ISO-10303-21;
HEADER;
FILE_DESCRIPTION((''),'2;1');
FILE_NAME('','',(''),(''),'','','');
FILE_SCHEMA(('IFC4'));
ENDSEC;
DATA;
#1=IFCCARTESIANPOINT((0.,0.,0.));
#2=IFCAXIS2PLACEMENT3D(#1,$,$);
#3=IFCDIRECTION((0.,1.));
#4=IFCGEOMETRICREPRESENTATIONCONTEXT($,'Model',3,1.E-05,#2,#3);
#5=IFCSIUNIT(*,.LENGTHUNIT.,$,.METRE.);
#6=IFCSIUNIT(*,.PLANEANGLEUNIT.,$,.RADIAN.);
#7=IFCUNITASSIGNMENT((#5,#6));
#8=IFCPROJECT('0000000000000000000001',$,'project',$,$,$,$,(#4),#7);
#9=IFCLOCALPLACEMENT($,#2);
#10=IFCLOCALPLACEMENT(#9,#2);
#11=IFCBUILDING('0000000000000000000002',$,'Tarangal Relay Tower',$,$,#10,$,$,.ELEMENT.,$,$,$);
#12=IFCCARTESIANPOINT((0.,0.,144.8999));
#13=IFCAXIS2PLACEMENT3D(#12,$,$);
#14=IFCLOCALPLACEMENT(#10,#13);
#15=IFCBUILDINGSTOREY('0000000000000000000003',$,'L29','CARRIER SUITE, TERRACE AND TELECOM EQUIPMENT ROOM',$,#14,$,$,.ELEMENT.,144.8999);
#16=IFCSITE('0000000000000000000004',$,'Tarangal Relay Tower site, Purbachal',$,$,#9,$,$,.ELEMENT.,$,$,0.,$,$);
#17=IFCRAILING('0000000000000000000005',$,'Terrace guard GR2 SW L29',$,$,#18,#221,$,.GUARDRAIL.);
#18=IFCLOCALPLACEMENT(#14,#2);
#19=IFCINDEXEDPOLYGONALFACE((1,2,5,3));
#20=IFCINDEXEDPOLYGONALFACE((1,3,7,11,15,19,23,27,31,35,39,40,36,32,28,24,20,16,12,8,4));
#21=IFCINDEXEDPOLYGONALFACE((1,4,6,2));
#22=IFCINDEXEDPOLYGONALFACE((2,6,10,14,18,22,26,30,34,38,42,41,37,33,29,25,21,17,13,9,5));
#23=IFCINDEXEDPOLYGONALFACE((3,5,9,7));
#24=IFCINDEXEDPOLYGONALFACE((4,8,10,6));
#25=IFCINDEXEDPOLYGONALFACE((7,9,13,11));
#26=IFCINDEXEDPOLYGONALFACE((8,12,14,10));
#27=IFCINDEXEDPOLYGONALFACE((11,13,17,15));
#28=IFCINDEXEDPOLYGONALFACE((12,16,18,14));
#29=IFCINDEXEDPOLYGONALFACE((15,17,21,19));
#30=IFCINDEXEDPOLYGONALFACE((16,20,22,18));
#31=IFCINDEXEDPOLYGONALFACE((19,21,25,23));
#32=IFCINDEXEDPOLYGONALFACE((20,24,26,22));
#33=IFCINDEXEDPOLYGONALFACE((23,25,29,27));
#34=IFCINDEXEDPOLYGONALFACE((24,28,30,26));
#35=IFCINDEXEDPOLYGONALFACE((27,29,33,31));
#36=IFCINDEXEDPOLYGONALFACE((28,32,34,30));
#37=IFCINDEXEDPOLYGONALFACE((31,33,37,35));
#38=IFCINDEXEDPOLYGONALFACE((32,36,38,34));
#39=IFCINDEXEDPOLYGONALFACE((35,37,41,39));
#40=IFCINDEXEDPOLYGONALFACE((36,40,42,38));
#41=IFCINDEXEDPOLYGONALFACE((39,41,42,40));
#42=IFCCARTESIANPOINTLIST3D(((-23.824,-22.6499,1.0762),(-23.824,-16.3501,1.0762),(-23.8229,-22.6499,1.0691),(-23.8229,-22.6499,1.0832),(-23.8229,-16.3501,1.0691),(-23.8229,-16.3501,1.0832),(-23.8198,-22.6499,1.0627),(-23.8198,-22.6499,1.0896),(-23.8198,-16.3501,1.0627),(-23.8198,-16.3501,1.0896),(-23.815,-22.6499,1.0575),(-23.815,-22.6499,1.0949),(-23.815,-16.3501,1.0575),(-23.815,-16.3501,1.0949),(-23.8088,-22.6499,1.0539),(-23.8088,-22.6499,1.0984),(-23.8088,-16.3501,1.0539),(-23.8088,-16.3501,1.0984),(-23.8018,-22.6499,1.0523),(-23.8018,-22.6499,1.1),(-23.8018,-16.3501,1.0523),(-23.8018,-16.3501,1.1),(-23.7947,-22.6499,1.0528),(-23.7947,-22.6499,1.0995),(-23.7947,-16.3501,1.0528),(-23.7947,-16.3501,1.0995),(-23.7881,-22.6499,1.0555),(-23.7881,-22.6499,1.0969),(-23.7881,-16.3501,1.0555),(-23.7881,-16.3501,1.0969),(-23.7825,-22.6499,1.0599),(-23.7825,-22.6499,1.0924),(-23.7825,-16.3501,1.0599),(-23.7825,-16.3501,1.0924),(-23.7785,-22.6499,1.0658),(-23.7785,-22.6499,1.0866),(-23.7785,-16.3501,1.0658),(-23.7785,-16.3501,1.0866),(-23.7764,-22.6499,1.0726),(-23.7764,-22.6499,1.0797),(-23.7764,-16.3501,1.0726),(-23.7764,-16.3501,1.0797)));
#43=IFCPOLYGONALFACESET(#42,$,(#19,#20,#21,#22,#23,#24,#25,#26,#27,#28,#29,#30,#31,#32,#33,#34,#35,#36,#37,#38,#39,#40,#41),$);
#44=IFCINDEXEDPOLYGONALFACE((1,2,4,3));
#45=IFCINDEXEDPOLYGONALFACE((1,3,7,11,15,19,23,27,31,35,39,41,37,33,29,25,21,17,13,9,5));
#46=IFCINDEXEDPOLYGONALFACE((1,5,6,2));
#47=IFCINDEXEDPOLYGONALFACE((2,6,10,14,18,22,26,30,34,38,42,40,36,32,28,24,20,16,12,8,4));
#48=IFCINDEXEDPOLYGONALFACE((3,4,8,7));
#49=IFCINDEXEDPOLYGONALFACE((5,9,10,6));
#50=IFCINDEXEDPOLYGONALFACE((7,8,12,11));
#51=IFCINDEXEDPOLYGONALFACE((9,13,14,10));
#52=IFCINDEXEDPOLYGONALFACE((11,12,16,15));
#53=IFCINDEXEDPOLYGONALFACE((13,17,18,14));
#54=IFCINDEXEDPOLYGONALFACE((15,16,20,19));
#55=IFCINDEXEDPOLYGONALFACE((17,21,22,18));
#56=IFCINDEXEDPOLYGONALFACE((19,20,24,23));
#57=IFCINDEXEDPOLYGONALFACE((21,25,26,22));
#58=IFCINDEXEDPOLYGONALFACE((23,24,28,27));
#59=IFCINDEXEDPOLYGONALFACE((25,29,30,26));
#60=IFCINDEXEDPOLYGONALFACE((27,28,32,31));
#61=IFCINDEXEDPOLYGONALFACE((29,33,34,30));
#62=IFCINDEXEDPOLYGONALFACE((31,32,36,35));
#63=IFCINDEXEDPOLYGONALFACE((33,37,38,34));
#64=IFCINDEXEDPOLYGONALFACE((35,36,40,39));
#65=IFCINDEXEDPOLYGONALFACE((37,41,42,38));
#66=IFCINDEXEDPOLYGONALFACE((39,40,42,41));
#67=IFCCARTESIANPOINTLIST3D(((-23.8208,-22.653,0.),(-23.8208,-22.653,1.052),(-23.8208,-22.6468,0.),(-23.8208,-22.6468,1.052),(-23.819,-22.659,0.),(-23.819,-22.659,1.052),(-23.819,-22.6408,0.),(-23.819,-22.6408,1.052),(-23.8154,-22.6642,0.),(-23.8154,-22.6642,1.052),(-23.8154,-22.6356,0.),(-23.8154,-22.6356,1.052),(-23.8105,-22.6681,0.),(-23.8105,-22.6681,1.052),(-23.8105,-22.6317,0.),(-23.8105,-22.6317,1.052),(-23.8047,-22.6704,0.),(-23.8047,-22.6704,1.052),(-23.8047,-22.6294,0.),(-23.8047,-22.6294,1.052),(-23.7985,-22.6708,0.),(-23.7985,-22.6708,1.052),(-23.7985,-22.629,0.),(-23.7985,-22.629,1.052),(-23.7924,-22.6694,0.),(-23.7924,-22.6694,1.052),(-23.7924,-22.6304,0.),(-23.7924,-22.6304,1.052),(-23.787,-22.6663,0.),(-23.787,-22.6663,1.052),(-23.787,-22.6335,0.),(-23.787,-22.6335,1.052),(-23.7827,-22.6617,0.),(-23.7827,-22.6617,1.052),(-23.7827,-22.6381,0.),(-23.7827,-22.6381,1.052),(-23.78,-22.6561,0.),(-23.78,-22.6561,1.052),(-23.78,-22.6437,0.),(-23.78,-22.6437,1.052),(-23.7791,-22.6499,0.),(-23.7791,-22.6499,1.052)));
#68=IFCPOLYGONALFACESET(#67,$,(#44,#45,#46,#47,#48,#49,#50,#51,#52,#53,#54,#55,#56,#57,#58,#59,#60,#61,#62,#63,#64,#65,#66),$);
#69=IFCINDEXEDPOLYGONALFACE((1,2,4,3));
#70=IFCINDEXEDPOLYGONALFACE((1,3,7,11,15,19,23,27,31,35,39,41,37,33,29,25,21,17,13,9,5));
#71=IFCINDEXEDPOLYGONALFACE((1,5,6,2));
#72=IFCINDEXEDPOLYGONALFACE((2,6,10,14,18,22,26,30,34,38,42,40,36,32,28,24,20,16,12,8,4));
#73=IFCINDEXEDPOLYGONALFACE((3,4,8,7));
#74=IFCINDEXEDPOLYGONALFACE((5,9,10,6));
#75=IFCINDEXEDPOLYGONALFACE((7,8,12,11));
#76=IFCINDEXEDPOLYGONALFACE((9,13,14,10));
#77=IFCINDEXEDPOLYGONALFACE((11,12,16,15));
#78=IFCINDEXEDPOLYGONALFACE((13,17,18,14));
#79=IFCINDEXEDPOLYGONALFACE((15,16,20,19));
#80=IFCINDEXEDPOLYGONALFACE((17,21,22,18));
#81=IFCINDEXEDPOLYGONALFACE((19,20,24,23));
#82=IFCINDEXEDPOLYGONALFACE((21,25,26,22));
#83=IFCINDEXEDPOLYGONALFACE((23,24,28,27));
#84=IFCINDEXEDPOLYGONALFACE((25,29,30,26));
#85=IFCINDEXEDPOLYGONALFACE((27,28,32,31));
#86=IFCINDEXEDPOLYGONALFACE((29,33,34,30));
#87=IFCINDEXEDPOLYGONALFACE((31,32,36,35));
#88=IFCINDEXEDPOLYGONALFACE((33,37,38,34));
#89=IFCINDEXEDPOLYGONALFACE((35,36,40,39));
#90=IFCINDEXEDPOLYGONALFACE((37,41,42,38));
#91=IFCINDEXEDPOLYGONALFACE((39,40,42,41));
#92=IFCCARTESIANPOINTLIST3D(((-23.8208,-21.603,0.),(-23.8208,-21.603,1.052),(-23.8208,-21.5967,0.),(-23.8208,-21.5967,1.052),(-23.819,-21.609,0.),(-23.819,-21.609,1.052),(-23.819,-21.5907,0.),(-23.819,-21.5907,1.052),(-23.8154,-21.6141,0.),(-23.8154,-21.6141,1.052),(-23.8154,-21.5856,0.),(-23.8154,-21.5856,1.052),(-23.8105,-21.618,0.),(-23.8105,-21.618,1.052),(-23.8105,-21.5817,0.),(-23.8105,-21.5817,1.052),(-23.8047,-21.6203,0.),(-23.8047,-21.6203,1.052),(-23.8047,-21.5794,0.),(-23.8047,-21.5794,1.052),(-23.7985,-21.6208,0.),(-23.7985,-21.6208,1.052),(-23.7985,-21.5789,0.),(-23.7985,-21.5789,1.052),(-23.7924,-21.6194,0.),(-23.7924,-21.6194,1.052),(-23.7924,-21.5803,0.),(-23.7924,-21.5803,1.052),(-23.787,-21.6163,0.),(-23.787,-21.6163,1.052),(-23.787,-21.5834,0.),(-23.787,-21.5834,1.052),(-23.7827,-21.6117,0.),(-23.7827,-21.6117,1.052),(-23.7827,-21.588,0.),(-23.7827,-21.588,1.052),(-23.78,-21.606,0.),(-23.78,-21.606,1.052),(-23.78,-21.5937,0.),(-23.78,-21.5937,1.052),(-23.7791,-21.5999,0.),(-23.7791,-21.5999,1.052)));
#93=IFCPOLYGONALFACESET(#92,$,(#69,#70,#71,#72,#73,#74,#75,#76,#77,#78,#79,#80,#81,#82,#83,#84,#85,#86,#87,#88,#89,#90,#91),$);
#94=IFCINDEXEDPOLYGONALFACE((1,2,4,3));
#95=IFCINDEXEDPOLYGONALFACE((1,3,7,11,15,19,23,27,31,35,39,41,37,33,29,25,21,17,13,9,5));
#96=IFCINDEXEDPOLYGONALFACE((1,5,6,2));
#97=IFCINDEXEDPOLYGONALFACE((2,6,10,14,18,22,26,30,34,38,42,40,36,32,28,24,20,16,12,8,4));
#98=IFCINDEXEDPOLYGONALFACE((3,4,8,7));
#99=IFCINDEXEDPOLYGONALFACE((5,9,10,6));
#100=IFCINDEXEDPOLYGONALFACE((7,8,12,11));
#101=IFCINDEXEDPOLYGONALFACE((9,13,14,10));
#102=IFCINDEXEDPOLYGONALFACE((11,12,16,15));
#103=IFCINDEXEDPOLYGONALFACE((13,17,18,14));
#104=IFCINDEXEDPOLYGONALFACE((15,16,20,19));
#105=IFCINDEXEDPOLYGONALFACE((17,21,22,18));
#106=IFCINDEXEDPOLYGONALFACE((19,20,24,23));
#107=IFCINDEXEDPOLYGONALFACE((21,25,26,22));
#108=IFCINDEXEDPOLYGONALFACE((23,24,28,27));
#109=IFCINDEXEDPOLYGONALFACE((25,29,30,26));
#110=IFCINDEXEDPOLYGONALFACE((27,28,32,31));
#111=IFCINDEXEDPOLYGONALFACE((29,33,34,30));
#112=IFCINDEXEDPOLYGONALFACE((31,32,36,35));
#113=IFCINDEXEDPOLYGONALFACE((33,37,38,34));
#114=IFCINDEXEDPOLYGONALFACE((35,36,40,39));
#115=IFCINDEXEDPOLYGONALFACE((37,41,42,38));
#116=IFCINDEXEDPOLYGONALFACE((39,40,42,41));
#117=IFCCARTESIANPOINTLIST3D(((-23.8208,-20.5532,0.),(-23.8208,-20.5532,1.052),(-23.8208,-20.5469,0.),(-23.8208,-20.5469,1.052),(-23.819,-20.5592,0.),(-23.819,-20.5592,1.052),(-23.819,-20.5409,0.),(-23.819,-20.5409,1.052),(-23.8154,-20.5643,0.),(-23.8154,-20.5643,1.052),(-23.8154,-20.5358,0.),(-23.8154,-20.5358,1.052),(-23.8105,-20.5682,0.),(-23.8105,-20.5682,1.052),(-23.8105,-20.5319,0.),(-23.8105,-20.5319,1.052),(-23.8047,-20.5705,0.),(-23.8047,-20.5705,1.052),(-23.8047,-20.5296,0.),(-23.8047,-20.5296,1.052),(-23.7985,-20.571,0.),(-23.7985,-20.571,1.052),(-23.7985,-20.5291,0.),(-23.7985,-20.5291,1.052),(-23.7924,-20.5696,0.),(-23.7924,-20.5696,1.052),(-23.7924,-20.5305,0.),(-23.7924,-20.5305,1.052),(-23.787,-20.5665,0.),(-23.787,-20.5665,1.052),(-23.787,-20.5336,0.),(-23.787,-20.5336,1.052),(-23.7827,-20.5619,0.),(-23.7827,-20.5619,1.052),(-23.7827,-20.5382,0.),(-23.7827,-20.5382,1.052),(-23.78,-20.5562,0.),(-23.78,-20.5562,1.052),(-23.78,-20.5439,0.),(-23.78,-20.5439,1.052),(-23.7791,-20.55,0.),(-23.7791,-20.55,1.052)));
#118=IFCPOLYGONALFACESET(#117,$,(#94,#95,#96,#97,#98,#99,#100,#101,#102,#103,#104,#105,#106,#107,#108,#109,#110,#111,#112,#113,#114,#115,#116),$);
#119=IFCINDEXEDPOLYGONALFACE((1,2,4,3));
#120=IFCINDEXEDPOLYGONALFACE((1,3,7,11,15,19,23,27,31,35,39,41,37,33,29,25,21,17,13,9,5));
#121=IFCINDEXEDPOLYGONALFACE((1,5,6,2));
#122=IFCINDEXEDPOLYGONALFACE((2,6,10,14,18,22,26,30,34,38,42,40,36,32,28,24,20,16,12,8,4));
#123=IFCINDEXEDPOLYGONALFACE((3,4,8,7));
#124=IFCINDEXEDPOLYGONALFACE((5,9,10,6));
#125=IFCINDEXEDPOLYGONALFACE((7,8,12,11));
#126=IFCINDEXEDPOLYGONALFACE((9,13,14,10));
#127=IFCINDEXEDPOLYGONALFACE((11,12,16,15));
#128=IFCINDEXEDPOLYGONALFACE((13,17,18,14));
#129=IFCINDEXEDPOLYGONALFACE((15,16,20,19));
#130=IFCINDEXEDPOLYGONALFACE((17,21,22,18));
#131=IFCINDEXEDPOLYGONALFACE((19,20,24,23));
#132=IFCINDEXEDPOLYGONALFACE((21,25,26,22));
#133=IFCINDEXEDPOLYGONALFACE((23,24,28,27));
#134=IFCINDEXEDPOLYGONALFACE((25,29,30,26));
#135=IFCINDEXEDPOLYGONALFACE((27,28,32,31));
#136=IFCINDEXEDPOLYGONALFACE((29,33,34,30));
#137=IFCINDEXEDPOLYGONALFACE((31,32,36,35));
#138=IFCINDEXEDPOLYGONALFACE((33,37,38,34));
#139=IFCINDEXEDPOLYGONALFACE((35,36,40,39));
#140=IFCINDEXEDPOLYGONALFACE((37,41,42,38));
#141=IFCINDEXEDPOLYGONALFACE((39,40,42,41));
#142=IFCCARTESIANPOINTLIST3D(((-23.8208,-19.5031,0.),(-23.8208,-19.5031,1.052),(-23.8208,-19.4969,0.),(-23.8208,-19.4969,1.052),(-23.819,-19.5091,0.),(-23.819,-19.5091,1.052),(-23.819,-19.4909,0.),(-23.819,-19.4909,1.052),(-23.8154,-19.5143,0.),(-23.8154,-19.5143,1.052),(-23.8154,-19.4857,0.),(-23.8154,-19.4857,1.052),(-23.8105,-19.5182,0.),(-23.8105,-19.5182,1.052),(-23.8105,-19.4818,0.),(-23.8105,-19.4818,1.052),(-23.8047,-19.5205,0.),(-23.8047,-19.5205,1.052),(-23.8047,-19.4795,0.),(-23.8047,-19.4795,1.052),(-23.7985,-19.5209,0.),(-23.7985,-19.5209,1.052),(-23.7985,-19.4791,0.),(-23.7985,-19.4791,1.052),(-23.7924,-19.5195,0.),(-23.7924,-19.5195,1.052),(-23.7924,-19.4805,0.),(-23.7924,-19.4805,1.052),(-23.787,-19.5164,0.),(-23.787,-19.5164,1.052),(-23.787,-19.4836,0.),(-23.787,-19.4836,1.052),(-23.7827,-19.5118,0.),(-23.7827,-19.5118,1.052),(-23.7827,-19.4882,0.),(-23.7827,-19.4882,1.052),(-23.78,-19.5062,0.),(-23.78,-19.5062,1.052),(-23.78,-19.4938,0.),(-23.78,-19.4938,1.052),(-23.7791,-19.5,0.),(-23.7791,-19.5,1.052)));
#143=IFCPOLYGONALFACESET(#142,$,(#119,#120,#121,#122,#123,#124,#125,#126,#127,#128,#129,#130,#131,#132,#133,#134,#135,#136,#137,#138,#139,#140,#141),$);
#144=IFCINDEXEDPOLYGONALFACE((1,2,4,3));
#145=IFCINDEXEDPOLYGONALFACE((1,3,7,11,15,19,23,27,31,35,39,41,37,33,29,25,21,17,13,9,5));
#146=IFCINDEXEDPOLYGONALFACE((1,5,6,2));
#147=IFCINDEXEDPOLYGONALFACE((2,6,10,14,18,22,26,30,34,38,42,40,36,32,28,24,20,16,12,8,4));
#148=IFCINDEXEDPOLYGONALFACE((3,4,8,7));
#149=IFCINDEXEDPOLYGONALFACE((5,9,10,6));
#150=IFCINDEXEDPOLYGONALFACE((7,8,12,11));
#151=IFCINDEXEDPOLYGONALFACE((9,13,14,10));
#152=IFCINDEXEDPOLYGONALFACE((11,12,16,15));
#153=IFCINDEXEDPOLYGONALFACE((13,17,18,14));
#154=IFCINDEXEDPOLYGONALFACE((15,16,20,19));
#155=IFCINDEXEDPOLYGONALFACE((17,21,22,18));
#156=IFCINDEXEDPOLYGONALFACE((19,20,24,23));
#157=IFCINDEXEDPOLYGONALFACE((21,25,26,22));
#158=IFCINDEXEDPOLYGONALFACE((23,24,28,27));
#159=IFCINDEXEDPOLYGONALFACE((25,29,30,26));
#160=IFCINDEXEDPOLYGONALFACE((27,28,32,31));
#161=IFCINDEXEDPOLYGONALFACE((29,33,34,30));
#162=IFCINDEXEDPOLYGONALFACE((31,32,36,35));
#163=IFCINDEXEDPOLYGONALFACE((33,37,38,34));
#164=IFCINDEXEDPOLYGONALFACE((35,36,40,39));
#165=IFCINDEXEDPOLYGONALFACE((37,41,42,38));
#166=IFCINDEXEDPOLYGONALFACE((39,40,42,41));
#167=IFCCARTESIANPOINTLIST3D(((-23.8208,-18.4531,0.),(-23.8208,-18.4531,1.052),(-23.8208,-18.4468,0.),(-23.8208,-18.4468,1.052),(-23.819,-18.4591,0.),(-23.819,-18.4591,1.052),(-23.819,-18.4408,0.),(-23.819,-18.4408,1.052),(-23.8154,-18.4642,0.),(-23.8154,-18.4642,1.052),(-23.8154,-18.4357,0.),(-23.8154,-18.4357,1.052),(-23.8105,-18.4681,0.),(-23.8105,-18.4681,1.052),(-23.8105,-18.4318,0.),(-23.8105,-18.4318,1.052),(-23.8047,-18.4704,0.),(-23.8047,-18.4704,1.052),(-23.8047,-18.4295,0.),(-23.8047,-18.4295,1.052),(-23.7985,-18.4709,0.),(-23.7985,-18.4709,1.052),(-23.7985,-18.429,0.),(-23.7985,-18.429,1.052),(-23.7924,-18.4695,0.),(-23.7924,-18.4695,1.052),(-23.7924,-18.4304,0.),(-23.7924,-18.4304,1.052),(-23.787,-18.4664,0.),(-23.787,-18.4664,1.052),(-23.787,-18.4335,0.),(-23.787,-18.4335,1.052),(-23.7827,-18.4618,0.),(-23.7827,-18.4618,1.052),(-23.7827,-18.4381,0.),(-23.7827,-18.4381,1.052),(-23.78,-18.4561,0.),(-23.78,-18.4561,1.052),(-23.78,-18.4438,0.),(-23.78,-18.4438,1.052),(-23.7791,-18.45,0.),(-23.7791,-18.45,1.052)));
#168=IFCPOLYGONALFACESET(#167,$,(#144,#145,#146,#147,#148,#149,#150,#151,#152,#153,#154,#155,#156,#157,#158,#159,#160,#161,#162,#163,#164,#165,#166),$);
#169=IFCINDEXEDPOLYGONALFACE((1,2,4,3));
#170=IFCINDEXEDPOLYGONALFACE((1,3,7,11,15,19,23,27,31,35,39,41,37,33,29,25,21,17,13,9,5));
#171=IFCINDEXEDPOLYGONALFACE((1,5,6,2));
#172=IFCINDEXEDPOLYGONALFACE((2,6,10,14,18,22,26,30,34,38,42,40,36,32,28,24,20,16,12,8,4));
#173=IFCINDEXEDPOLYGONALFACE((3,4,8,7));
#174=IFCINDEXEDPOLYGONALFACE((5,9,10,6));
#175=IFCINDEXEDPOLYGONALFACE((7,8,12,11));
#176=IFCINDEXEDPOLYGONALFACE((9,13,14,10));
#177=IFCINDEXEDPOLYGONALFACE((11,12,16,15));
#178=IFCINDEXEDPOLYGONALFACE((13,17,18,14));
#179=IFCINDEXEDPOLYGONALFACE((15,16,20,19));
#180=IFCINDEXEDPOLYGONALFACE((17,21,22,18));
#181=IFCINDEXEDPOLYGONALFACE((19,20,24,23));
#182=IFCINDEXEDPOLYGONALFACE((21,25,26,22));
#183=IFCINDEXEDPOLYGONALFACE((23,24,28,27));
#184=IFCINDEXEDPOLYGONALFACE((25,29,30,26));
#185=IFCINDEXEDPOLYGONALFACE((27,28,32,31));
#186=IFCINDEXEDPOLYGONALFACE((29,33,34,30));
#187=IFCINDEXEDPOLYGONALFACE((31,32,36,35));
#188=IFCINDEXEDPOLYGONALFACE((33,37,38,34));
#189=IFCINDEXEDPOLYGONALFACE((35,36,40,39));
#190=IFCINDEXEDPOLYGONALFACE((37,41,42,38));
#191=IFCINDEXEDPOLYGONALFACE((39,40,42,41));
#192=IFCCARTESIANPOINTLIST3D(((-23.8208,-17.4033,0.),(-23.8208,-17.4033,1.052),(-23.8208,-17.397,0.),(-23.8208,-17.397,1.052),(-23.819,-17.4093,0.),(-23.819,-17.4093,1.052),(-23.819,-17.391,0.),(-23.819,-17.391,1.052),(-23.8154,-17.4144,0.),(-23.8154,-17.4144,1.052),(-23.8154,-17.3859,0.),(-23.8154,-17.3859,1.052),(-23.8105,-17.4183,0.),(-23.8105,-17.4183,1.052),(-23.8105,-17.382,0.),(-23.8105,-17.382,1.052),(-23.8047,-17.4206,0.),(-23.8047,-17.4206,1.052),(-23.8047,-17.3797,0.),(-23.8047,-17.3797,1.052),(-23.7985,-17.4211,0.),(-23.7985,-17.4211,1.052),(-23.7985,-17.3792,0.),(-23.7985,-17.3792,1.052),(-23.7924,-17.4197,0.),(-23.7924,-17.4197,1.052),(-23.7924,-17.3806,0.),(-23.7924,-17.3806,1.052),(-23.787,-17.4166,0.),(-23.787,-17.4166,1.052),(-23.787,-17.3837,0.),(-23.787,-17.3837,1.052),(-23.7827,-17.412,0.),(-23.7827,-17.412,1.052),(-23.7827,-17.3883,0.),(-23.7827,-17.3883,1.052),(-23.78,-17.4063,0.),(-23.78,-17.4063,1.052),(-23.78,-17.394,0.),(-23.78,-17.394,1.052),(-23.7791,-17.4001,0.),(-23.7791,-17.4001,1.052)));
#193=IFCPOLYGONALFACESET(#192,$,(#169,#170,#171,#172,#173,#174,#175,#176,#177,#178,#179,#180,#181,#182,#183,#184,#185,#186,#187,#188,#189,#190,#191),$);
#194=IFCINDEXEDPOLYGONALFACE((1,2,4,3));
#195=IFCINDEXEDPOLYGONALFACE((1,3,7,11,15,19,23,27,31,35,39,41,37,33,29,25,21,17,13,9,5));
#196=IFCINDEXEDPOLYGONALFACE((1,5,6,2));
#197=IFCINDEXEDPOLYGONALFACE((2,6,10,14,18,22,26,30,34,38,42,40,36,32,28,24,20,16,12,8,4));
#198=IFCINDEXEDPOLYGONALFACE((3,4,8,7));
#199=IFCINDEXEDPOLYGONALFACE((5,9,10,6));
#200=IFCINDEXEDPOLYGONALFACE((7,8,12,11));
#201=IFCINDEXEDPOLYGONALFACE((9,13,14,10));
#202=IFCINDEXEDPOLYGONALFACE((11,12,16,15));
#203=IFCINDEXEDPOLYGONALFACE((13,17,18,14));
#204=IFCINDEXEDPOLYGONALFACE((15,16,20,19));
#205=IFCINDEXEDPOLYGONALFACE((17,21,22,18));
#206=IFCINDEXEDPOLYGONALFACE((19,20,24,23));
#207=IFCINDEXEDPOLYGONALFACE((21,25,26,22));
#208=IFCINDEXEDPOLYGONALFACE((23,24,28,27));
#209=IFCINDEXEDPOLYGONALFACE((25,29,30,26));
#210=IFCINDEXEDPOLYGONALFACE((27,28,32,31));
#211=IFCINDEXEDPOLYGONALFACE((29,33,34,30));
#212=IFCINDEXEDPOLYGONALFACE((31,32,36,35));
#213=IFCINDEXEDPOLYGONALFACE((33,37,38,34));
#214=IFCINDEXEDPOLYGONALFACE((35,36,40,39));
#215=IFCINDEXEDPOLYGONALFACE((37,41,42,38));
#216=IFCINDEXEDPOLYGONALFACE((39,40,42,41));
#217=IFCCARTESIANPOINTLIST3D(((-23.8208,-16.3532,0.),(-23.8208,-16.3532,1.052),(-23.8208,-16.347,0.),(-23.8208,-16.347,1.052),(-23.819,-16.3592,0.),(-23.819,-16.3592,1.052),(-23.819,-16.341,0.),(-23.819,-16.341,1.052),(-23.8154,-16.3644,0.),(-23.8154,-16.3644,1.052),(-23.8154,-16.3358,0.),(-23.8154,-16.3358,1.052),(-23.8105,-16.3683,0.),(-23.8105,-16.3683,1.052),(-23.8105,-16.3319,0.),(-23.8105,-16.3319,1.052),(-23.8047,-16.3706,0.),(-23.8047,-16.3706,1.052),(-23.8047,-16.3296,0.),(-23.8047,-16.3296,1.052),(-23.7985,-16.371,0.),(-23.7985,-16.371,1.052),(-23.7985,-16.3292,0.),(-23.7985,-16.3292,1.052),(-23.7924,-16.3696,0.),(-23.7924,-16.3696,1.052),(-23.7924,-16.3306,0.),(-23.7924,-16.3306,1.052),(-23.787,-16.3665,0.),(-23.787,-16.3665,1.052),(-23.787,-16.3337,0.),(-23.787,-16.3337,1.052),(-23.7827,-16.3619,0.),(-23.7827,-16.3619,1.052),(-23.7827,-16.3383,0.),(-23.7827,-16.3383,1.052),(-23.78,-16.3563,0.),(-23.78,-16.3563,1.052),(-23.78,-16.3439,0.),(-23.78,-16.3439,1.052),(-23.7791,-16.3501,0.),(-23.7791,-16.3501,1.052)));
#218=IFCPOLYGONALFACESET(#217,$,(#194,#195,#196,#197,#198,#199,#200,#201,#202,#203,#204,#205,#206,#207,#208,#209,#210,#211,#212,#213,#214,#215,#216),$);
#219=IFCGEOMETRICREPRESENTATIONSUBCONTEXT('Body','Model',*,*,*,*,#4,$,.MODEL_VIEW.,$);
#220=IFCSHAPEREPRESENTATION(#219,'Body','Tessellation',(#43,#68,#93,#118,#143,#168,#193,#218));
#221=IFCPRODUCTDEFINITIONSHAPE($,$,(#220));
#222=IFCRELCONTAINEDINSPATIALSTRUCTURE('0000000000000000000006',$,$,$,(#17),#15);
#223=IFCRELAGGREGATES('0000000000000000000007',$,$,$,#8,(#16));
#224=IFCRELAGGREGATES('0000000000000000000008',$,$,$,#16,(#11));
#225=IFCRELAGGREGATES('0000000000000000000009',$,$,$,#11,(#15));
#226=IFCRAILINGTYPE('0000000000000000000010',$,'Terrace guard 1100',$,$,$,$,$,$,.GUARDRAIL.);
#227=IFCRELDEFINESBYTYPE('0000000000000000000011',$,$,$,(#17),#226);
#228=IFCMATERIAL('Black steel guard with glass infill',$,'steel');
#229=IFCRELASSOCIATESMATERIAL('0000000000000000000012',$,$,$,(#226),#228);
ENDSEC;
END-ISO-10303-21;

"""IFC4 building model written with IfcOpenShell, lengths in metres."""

from ifc_helpers import new_model, si_unit, direction, frame, origin, origin_2d, place, context, subcontext, project, spatial, circle, extrude, material, type_object, element, save


model = new_model("IFC4")

# Units and contexts
model_context = context("Model", 3, precision=1e-05, world=origin(), true_north=direction((0.0, 1.0)))
body_context = subcontext(model_context, "Body", "Model", "MODEL_VIEW")
ifc_project = project(units=[si_unit("LENGTHUNIT", "METRE"), si_unit("PLANEANGLEUNIT", "RADIAN")], contexts=[model_context])

# Site, building, storey
site_placement = place(None, origin())
site = spatial("IfcSite", under=ifc_project, at=site_placement, Name="Tarangal Relay Tower site, Purbachal", CompositionType="ELEMENT", RefElevation=0.0)
building_placement = place(site_placement, origin())
building = spatial("IfcBuilding", under=site, at=building_placement, Name="Tarangal Relay Tower", CompositionType="ELEMENT")
storey_placement = place(building_placement, frame((0.0, 0.0, 144.8999)))
storey = spatial("IfcBuildingStorey", under=building, at=storey_placement, Name="L29", Description="CARRIER SUITE, TERRACE AND TELECOM EQUIPMENT ROOM", CompositionType="ELEMENT", Elevation=144.8999)

# Railing
ifc_material_1 = material(Name="Black steel guard with glass infill", Category="steel")
railing_type = type_object("IfcRailingType", Name="Terrace guard 1100", PredefinedType="GUARDRAIL", material=ifc_material_1)
railing_placement = place(storey_placement, frame((-23.8, -22.6499, 0.0)))
element("IfcRailing", 1, at=railing_placement, inside=storey, type_object=railing_type, Name="Terrace guard GR2 SW L29", PredefinedType="GUARDRAIL", context=body_context, shape_type="SweptSolid", body=[
    extrude(circle(Radius=0.0239, at=origin_2d()), frame((0.0, 0.0, 1.0762), z_axis=(0.0, 1.0, 0.0), x_axis=(-1.0, 0.0, 0.0)), (0.0, 0.0, 1.0), 6.2998),
    extrude(circle(Radius=0.021, at=origin_2d()), origin(), (0.0, 0.0, 1.0), 1.052),
    extrude(circle(Radius=0.021, at=origin_2d()), frame((0.0, 1.05, 0.0)), (0.0, 0.0, 1.0), 1.052),
    extrude(circle(Radius=0.021, at=origin_2d()), frame((0.0, 2.0999, 0.0)), (0.0, 0.0, 1.0), 1.052),
    extrude(circle(Radius=0.021, at=origin_2d()), frame((0.0, 3.1499, 0.0)), (0.0, 0.0, 1.0), 1.052),
    extrude(circle(Radius=0.021, at=origin_2d()), frame((0.0, 4.2, 0.0)), (0.0, 0.0, 1.0), 1.052),
    extrude(circle(Radius=0.021, at=origin_2d()), frame((0.0, 5.2498, 0.0)), (0.0, 0.0, 1.0), 1.052),
    extrude(circle(Radius=0.021, at=origin_2d()), frame((0.0, 6.2998, 0.0)), (0.0, 0.0, 1.0), 1.052),
])

save(model, "model.ifc")
